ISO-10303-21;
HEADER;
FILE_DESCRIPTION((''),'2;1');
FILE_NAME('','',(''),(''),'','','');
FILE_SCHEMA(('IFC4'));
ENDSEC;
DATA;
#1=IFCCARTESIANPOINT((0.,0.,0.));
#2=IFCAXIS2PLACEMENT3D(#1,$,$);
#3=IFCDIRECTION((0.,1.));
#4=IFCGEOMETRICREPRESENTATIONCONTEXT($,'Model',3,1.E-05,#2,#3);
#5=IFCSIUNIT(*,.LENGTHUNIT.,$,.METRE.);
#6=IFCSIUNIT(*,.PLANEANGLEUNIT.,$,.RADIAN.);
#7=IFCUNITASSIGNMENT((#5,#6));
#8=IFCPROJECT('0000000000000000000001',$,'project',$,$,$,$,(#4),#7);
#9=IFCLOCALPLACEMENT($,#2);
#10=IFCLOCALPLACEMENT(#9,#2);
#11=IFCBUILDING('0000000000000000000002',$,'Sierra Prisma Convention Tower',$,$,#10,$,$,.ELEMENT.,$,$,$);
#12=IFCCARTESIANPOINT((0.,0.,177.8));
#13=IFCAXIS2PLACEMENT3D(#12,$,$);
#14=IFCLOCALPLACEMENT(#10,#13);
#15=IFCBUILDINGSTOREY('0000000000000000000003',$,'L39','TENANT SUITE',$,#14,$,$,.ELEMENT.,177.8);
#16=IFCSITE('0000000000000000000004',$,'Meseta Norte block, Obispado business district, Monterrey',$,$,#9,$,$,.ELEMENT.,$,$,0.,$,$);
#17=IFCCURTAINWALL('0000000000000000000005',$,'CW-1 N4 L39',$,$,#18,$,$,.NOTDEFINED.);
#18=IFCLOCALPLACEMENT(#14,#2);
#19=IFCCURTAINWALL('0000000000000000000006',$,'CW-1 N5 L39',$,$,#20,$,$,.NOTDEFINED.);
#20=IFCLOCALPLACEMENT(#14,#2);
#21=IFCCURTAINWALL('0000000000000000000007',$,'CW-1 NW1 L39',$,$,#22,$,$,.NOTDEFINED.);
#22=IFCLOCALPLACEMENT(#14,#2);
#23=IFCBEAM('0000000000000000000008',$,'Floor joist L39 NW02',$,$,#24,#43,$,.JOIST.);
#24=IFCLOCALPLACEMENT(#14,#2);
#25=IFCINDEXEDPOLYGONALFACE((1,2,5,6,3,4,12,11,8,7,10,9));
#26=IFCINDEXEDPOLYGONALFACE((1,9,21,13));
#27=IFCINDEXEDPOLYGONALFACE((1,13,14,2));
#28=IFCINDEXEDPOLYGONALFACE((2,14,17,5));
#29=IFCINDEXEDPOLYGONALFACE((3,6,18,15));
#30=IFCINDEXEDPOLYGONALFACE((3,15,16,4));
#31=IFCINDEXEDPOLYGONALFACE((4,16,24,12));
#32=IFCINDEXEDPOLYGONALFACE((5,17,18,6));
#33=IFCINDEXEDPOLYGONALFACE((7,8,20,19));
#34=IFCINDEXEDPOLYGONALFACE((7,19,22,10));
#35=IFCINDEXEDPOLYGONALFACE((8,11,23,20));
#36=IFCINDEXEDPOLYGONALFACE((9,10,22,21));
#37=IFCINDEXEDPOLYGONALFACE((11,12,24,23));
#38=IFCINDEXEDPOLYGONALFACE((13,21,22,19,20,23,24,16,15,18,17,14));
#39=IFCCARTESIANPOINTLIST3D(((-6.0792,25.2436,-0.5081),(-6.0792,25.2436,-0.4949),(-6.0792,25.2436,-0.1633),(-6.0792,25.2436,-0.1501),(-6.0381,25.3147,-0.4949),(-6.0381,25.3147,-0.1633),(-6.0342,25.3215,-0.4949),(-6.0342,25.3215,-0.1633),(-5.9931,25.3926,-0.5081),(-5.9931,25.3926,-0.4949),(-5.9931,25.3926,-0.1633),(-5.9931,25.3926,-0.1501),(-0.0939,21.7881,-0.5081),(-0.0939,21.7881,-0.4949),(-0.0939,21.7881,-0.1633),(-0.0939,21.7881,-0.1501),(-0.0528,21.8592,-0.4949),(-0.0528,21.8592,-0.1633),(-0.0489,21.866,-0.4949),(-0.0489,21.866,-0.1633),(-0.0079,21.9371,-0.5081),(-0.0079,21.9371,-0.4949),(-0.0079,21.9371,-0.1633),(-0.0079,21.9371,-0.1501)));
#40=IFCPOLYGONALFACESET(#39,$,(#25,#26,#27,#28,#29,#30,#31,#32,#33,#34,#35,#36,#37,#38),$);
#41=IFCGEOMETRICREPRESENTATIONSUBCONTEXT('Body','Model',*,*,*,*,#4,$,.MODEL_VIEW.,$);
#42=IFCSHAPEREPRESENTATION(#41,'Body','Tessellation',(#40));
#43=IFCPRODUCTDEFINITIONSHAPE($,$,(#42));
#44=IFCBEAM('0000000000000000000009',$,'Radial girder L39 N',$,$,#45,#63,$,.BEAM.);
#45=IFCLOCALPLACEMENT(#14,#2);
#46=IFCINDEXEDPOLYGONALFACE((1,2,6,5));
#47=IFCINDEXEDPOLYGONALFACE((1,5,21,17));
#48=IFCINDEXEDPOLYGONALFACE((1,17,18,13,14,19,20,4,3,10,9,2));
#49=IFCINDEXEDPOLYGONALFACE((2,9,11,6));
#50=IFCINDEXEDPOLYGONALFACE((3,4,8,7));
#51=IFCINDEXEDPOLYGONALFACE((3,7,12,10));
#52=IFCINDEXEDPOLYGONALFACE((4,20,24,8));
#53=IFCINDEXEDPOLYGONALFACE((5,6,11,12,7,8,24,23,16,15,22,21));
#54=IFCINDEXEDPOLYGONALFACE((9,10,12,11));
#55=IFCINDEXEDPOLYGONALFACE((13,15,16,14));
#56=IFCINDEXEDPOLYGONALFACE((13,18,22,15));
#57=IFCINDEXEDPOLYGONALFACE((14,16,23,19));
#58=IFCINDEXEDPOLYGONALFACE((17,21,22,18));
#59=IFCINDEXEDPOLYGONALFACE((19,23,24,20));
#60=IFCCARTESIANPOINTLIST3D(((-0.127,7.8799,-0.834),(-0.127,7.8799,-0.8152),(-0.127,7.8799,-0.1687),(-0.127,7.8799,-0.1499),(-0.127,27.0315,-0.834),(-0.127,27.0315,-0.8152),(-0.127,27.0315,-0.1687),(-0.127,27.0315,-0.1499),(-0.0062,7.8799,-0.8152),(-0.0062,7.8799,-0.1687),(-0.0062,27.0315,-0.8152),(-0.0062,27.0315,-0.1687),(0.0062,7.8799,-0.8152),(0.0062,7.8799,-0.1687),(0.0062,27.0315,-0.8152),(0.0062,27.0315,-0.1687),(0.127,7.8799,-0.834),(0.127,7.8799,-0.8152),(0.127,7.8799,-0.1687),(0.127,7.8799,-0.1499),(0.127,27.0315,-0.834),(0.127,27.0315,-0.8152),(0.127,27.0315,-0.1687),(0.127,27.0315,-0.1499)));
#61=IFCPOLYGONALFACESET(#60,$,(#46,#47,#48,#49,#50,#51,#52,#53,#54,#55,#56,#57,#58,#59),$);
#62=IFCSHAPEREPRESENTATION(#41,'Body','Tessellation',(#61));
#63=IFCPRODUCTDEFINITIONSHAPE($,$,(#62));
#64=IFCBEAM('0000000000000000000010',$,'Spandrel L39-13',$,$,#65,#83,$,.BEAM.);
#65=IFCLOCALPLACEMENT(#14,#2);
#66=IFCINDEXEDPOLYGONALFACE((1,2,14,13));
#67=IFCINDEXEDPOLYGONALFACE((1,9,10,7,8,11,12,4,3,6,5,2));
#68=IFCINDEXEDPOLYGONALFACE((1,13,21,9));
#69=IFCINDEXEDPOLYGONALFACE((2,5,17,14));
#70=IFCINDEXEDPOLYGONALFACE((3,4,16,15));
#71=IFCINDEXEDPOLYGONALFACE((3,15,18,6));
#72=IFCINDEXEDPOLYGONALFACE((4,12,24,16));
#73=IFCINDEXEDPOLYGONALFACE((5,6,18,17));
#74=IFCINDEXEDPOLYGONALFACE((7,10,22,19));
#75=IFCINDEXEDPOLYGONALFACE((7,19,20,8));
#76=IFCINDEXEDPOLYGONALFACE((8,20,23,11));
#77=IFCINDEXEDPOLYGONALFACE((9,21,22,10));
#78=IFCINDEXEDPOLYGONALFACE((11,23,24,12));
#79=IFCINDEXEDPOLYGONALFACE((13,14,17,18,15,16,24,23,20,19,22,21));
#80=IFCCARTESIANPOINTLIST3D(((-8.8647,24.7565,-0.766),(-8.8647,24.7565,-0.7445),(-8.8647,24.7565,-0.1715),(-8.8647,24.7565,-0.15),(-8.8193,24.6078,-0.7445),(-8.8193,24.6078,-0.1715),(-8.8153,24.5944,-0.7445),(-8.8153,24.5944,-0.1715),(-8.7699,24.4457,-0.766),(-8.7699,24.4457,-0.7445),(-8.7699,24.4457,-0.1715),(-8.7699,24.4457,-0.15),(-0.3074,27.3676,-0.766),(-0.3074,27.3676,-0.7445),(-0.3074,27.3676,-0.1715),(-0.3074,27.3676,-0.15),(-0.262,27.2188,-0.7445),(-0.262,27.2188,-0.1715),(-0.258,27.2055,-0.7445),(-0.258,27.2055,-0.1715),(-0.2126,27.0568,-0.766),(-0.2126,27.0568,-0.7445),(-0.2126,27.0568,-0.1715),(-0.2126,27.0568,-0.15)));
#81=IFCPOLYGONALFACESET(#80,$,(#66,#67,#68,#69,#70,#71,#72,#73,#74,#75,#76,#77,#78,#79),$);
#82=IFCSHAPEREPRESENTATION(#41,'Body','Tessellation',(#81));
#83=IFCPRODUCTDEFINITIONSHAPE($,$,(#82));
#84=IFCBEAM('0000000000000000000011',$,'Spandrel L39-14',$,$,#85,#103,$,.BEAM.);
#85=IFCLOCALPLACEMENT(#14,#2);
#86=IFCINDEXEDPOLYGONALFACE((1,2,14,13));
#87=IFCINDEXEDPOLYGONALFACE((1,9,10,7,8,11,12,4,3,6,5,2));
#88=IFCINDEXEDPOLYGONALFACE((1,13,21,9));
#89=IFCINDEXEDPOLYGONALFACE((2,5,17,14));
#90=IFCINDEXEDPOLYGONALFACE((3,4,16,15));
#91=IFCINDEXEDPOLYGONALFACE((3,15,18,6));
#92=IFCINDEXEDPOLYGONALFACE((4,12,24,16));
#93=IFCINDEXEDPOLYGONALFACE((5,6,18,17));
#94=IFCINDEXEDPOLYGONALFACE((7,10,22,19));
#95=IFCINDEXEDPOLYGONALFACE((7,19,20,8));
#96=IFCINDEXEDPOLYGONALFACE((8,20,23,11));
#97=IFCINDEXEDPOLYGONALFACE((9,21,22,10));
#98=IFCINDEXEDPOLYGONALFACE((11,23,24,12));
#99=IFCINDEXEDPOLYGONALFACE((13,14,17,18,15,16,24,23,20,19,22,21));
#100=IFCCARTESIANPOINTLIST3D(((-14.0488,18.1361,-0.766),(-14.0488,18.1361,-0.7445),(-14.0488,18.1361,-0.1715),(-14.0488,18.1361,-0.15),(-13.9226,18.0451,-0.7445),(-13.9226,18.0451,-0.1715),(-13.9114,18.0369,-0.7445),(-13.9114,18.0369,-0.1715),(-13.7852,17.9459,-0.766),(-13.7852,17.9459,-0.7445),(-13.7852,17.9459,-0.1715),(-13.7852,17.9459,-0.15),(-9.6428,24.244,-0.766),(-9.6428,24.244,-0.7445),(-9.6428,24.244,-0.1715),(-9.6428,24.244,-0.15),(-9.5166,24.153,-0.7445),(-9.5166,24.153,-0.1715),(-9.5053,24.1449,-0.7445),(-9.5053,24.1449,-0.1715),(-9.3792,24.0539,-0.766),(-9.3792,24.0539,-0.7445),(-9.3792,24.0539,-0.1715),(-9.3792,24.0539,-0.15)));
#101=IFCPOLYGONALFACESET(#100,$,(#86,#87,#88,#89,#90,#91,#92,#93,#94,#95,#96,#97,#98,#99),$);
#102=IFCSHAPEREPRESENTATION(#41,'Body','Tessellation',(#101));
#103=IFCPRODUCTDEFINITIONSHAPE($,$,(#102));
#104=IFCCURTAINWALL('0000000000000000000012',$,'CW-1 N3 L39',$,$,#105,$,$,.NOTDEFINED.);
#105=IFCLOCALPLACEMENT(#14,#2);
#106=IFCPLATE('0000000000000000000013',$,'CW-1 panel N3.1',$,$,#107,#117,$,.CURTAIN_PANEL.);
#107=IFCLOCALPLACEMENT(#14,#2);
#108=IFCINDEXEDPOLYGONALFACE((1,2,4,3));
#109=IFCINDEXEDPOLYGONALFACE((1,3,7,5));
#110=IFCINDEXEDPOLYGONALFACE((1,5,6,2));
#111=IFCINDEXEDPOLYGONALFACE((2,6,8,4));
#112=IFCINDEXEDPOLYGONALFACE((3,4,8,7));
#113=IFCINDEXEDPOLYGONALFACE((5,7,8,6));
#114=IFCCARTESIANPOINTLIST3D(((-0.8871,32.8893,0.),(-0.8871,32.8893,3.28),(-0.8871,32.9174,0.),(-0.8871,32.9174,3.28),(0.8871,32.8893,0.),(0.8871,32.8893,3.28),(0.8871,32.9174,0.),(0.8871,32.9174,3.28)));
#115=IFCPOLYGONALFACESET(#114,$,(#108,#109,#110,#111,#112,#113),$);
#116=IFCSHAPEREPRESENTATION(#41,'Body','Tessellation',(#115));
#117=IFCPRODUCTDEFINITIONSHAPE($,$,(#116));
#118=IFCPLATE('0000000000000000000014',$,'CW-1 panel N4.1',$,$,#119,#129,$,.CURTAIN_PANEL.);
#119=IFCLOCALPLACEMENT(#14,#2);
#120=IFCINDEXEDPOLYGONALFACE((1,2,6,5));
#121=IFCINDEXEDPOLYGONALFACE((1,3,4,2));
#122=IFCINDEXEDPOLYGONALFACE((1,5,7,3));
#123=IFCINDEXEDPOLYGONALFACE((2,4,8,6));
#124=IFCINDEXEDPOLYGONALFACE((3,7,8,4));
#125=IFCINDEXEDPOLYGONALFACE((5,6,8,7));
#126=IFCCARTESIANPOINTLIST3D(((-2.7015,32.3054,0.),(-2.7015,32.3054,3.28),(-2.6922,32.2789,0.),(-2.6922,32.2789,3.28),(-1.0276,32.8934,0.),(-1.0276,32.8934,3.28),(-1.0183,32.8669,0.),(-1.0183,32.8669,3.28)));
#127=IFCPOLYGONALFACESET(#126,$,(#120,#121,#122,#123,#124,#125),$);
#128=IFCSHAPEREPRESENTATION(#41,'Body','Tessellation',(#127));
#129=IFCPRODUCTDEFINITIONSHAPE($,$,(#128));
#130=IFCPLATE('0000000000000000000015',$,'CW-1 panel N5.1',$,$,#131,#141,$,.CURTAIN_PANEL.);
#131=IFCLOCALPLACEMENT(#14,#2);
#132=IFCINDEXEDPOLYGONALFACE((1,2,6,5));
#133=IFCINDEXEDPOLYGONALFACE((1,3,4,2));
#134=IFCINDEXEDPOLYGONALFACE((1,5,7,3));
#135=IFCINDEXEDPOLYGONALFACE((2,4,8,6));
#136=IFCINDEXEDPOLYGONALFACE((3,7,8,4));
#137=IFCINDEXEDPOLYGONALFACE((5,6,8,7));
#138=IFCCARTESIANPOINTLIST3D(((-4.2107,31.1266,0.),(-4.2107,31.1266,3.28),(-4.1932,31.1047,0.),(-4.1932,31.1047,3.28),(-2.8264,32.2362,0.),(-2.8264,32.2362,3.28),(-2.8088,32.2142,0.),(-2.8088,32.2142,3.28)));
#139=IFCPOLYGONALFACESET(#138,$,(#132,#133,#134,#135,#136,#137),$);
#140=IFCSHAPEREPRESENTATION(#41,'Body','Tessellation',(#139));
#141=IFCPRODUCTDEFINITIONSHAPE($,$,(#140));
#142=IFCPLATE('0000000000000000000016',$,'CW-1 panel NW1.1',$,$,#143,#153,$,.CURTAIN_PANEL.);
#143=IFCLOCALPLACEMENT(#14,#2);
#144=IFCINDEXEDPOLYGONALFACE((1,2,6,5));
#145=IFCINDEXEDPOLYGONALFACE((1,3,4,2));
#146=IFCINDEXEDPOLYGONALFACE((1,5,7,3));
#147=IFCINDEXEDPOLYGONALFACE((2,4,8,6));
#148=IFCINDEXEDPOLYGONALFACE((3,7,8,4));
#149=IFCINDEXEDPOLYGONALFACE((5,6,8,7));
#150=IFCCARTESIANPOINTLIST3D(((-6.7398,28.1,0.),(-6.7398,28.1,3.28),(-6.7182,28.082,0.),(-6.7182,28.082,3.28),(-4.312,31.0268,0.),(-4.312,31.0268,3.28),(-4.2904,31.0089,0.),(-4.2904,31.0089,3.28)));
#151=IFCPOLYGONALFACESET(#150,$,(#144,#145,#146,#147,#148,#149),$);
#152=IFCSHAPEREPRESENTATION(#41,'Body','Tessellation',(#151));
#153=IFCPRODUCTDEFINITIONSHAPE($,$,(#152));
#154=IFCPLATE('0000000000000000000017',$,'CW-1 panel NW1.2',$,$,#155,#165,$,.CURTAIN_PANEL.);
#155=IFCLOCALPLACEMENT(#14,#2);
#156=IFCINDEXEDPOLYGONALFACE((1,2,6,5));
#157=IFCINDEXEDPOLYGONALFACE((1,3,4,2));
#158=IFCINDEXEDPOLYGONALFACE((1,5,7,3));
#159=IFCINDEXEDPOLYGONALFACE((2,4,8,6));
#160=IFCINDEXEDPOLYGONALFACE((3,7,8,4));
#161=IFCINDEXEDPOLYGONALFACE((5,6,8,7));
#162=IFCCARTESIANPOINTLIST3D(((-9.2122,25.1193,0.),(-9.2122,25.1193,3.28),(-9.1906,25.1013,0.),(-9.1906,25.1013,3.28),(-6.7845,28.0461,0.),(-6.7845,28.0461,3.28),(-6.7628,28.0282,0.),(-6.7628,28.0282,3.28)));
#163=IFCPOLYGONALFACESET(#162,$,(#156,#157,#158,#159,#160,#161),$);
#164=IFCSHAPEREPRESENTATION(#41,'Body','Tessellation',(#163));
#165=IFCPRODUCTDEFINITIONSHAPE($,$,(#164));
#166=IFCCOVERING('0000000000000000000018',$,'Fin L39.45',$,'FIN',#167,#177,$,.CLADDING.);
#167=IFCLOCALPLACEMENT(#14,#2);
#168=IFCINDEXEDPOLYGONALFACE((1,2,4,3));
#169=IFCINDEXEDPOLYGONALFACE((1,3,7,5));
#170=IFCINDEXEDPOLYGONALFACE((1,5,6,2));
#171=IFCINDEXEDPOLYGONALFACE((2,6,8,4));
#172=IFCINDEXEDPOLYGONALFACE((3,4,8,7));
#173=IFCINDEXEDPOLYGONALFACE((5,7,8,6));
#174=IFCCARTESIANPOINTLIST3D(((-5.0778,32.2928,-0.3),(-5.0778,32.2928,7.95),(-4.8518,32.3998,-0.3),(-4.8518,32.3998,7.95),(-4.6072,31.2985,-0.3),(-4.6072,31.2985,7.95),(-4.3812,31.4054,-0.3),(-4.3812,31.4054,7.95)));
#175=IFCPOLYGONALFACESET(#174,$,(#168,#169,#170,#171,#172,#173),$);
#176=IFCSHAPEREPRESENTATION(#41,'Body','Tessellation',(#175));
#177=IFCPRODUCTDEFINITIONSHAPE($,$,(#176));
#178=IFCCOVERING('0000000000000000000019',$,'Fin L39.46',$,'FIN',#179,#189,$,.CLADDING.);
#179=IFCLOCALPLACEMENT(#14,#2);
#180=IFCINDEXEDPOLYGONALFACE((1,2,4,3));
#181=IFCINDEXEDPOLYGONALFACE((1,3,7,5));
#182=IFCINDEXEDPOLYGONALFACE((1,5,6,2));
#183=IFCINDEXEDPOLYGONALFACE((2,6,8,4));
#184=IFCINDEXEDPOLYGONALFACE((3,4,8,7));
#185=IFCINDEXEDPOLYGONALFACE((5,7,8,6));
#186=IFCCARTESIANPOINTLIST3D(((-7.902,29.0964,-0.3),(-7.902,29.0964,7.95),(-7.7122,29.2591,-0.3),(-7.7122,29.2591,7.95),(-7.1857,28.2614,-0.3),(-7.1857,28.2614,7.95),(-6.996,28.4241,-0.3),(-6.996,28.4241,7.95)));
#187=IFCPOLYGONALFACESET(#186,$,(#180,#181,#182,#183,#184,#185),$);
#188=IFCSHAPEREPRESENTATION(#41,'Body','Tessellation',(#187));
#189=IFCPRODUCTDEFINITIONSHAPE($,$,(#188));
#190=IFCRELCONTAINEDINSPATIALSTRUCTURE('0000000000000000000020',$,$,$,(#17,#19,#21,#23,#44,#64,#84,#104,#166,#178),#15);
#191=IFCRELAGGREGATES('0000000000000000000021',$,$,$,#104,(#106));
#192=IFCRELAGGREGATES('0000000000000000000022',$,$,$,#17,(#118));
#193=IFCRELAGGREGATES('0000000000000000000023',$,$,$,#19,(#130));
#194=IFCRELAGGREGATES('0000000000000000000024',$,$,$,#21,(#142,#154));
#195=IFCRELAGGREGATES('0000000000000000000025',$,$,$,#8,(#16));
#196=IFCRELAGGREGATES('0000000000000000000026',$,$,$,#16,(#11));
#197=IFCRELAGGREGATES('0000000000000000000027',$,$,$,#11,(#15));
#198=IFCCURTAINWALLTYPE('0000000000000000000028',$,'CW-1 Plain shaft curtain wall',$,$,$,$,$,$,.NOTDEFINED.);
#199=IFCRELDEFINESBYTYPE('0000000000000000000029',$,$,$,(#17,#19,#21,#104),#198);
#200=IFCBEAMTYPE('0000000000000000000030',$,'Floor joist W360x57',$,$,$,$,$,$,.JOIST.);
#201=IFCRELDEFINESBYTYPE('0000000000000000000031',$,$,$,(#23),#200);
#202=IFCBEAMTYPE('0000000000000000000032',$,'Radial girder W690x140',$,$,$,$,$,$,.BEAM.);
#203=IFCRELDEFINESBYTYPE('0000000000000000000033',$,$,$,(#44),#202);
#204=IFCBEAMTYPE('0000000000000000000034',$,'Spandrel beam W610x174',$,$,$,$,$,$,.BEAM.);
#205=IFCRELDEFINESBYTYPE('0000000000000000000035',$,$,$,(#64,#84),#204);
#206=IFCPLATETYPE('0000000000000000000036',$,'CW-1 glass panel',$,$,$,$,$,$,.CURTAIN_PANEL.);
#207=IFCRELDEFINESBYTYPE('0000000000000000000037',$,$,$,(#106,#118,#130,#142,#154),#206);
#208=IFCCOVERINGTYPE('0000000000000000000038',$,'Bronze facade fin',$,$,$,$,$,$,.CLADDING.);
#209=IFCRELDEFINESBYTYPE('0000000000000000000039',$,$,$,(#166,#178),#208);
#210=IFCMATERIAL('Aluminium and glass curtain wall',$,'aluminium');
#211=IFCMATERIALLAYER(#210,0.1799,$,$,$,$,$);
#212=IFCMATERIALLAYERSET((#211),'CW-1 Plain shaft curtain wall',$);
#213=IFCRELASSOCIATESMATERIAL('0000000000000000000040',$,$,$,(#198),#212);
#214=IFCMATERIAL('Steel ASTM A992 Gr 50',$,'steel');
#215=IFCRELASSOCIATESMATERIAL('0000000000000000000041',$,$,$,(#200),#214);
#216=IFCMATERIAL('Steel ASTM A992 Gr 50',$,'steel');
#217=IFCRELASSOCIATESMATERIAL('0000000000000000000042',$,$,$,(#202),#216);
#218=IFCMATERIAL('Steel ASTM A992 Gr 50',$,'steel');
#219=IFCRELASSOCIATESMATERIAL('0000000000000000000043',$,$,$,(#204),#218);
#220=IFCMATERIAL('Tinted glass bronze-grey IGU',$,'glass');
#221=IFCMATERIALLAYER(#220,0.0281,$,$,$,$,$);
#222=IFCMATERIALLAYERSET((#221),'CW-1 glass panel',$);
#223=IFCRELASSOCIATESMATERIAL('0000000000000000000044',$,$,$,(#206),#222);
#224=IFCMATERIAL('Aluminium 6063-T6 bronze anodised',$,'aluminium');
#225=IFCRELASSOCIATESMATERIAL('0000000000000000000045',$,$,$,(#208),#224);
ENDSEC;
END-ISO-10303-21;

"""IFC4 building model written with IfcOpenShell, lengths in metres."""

from ifc_helpers import new_model, si_unit, direction, frame, origin, origin_2d, place, context, subcontext, project, spatial, rectangle, i_section, extrude, material, layer, layer_set, material_profile, profile_set, type_object, element, aggregate, save


model = new_model("IFC4")

# Units and contexts
model_context = context("Model", 3, precision=1e-05, world=origin(), true_north=direction((0.0, 1.0)))
body_context = subcontext(model_context, "Body", "Model", "MODEL_VIEW")
ifc_project = project(units=[si_unit("LENGTHUNIT", "METRE"), si_unit("PLANEANGLEUNIT", "RADIAN")], contexts=[model_context])

# Site, building, storey
site_placement = place(None, origin())
site = spatial("IfcSite", under=ifc_project, at=site_placement, Name="Meseta Norte block, Obispado business district, Monterrey", CompositionType="ELEMENT", RefElevation=0.0)
building_placement = place(site_placement, origin())
building = spatial("IfcBuilding", under=site, at=building_placement, Name="Sierra Prisma Convention Tower", CompositionType="ELEMENT")
storey_placement = place(building_placement, frame((0.0, 0.0, 177.8)))
storey = spatial("IfcBuildingStorey", under=building, at=storey_placement, Name="L39", Description="TENANT SUITE", CompositionType="ELEMENT", Elevation=177.8)

# Curtain walls
ifc_material_1 = material(Name="Aluminium and glass curtain wall", Category="aluminium")
ifc_layer_1 = layer(ifc_material_1, 0.1799)
ifc_layer_set_1 = layer_set([ifc_layer_1], Name="CW-1 Plain shaft curtain wall")
curtain_wall_type = type_object("IfcCurtainWallType", Name="CW-1 Plain shaft curtain wall", PredefinedType="NOTDEFINED", material=ifc_layer_set_1)
curtain_wall_1_placement = place(storey_placement, origin())
curtain_wall_1 = element("IfcCurtainWall", 1, at=curtain_wall_1_placement, inside=storey, type_object=curtain_wall_type, Name="CW-1 N4 L39", PredefinedType="NOTDEFINED")
curtain_wall_2_placement = place(storey_placement, origin())
curtain_wall_2 = element("IfcCurtainWall", 2, at=curtain_wall_2_placement, inside=storey, type_object=curtain_wall_type, Name="CW-1 N5 L39", PredefinedType="NOTDEFINED")

# Curtain wall
curtain_wall_3_placement = place(storey_placement, origin())
curtain_wall_3 = element("IfcCurtainWall", 3, at=curtain_wall_3_placement, inside=storey, type_object=curtain_wall_type, Name="CW-1 NW1 L39", PredefinedType="NOTDEFINED")

# Beams
ifc_material_2 = material(Name="Steel ASTM A992 Gr 50", Category="steel")
ifc_material_profile_1 = material_profile(ifc_material_2, i_section(OverallWidth=0.1721, OverallDepth=0.3579, WebThickness=0.0078, FlangeThickness=0.0132, at=origin_2d()), Name="W360x57")
ifc_profile_set_1 = profile_set([ifc_material_profile_1], Name="Steel ASTM A992 Gr 50")
beam_type_1 = type_object("IfcBeamType", Name="Floor joist W360x57", PredefinedType="JOIST", material=ifc_profile_set_1)
beam_1_placement = place(storey_placement, frame((-6.0361, 25.3181, -0.3291), z_axis=(0.86603, -0.499992, 0.0), x_axis=(0.499992, 0.86603, 0.0)))
element("IfcBeam", 4, at=beam_1_placement, inside=storey, type_object=beam_type_1, Name="Floor joist L39 NW02", PredefinedType="JOIST", context=body_context, shape_type="SweptSolid", body=[
    extrude(i_section(OverallWidth=0.1721, OverallDepth=0.3579, WebThickness=0.0078, FlangeThickness=0.0132, at=origin_2d()), origin(), (0.0, 0.0, 1.0), 6.9111),
])
ifc_material_3 = material(Name="Steel ASTM A992 Gr 50", Category="steel")
ifc_material_profile_2 = material_profile(ifc_material_3, i_section(OverallWidth=0.2539, OverallDepth=0.6841, WebThickness=0.0125, FlangeThickness=0.0188, at=origin_2d()), Name="W690x140")
ifc_profile_set_2 = profile_set([ifc_material_profile_2], Name="Steel ASTM A992 Gr 50")
beam_type_2 = type_object("IfcBeamType", Name="Radial girder W690x140", PredefinedType="BEAM", material=ifc_profile_set_2)
beam_2_placement = place(storey_placement, frame((0.0, 27.0315, -0.4919), z_axis=(0.0, -1.0, 0.0), x_axis=(1.0, 0.0, 0.0)))
element("IfcBeam", 5, at=beam_2_placement, inside=storey, type_object=beam_type_2, Name="Radial girder L39 N", PredefinedType="BEAM", context=body_context, shape_type="SweptSolid", body=[
    extrude(i_section(OverallWidth=0.2539, OverallDepth=0.6841, WebThickness=0.0125, FlangeThickness=0.0188, at=origin_2d()), origin(), (0.0, 0.0, 1.0), 19.1516),
])
ifc_material_4 = material(Name="Steel ASTM A992 Gr 50", Category="steel")
ifc_material_profile_3 = material_profile(ifc_material_4, i_section(OverallWidth=0.325, OverallDepth=0.616, WebThickness=0.0139, FlangeThickness=0.0215, at=origin_2d()), Name="W610x174")
ifc_profile_set_3 = profile_set([ifc_material_profile_3], Name="Steel ASTM A992 Gr 50")
beam_type_3 = type_object("IfcBeamType", Name="Spandrel beam W610x174", PredefinedType="BEAM", material=ifc_profile_set_3)
beam_3_placement = place(storey_placement, frame((-0.26, 27.2122, -0.458), z_axis=(-0.956466, -0.291843, 0.0), x_axis=(0.291843, -0.956466, 0.0)))
element("IfcBeam", 6, at=beam_3_placement, inside=storey, type_object=beam_type_3, Name="Spandrel L39-13", PredefinedType="BEAM", context=body_context, shape_type="SweptSolid", body=[
    extrude(i_section(OverallWidth=0.325, OverallDepth=0.616, WebThickness=0.0139, FlangeThickness=0.0215, at=origin_2d()), origin(), (0.0, 0.0, 1.0), 8.9468),
])
beam_4_placement = place(storey_placement, frame((-9.511, 24.1489, -0.458), z_axis=(-0.585031, -0.811011, 0.0), x_axis=(0.811011, -0.585031, 0.0)))
element("IfcBeam", 7, at=beam_4_placement, inside=storey, type_object=beam_type_3, Name="Spandrel L39-14", PredefinedType="BEAM", context=body_context, shape_type="SweptSolid", body=[
    extrude(i_section(OverallWidth=0.325, OverallDepth=0.616, WebThickness=0.0139, FlangeThickness=0.0215, at=origin_2d()), origin(), (0.0, 0.0, 1.0), 7.5312),
])

# Curtain wall, plate
curtain_wall_4_placement = place(storey_placement, origin())
curtain_wall_4 = element("IfcCurtainWall", 8, at=curtain_wall_4_placement, inside=storey, type_object=curtain_wall_type, Name="CW-1 N3 L39", PredefinedType="NOTDEFINED")
ifc_material_5 = material(Name="Tinted glass bronze-grey IGU", Category="glass")
ifc_layer_2 = layer(ifc_material_5, 0.0281)
ifc_layer_set_2 = layer_set([ifc_layer_2], Name="CW-1 glass panel")
plate_type = type_object("IfcPlateType", Name="CW-1 glass panel", PredefinedType="CURTAIN_PANEL", material=ifc_layer_set_2)
plate_1_placement = place(storey_placement, frame((0.0, 32.9033, 0.0), z_axis=(0.0, 0.0, 1.0), x_axis=(-1.0, 0.0, 0.0)))
plate_1 = element("IfcPlate", 9, at=plate_1_placement, type_object=plate_type, Name="CW-1 panel N3.1", PredefinedType="CURTAIN_PANEL", context=body_context, shape_type="SweptSolid", body=[
    extrude(rectangle(XDim=1.7742, YDim=0.0281, at=origin_2d()), origin(), (0.0, 0.0, 1.0), 3.28),
])
aggregate(curtain_wall_4, [plate_1])

# Plates
plate_2_placement = place(storey_placement, frame((-1.8599, 32.5862, 0.0), z_axis=(0.0, 0.0, 1.0), x_axis=(-0.943478, -0.331436, 0.0)))
plate_2 = element("IfcPlate", 10, at=plate_2_placement, type_object=plate_type, Name="CW-1 panel N4.1", PredefinedType="CURTAIN_PANEL", context=body_context, shape_type="SweptSolid", body=[
    extrude(rectangle(XDim=1.7742, YDim=0.0281, at=origin_2d()), origin(), (0.0, 0.0, 1.0), 3.28),
])
aggregate(curtain_wall_1, [plate_2])
plate_3_placement = place(storey_placement, frame((-3.5098, 31.6704, 0.0), z_axis=(0.0, 0.0, 1.0), x_axis=(-0.7803, -0.625406, 0.0)))
plate_3 = element("IfcPlate", 11, at=plate_3_placement, type_object=plate_type, Name="CW-1 panel N5.1", PredefinedType="CURTAIN_PANEL", context=body_context, shape_type="SweptSolid", body=[
    extrude(rectangle(XDim=1.7742, YDim=0.0281, at=origin_2d()), origin(), (0.0, 0.0, 1.0), 3.28),
])
aggregate(curtain_wall_2, [plate_3])
plate_4_placement = place(storey_placement, frame((-5.5151, 29.5544, 0.0), z_axis=(0.0, 0.0, 1.0), x_axis=(-0.638433, -0.769678, 0.0)))
plate_4 = element("IfcPlate", 12, at=plate_4_placement, type_object=plate_type, Name="CW-1 panel NW1.1", PredefinedType="CURTAIN_PANEL", context=body_context, shape_type="SweptSolid", body=[
    extrude(rectangle(XDim=3.8027, YDim=0.0281, at=origin_2d()), origin(), (0.0, 0.0, 1.0), 3.28),
])
plate_5_placement = place(storey_placement, frame((-7.9875, 26.5737, 0.0), z_axis=(0.0, 0.0, 1.0), x_axis=(-0.638433, -0.769678, 0.0)))
plate_5 = element("IfcPlate", 13, at=plate_5_placement, type_object=plate_type, Name="CW-1 panel NW1.2", PredefinedType="CURTAIN_PANEL", context=body_context, shape_type="SweptSolid", body=[
    extrude(rectangle(XDim=3.8027, YDim=0.0281, at=origin_2d()), origin(), (0.0, 0.0, 1.0), 3.28),
])
aggregate(curtain_wall_3, [plate_4, plate_5])

# Coverings
ifc_material_6 = material(Name="Aluminium 6063-T6 bronze anodised", Category="aluminium")
ifc_material_profile_4 = material_profile(ifc_material_6, rectangle(XDim=1.1001, YDim=0.25, at=origin_2d()), Name="ALU FIN 1100x250")
ifc_profile_set_4 = profile_set([ifc_material_profile_4], Name="Aluminium 6063-T6 bronze anodised")
covering_type = type_object("IfcCoveringType", Name="Bronze facade fin", PredefinedType="CLADDING", material=ifc_profile_set_4)
for number, where, z_axis, x_axis, name in (
    (14, (-4.7295, 31.8491, -0.3), (0.0, 0.0, 1.0), (-0.427752, 0.903896, 0.0), "Fin L39.45"),
    (15, (-7.449, 28.7603, -0.3), (0.0, 0.0, 1.0), (-0.651074, 0.759014, 0.0), "Fin L39.46"),
):
    element("IfcCovering", number, at=place(storey_placement, frame(where, z_axis=z_axis, x_axis=x_axis)), inside=storey, type_object=covering_type, Name=name, ObjectType="FIN", PredefinedType="CLADDING", context=body_context, shape_type="SweptSolid", body=[
        extrude(rectangle(XDim=1.1001, YDim=0.25, at=origin_2d()), origin(), (0.0, 0.0, 1.0), 8.25),
    ])

save(model, "model.ifc")
